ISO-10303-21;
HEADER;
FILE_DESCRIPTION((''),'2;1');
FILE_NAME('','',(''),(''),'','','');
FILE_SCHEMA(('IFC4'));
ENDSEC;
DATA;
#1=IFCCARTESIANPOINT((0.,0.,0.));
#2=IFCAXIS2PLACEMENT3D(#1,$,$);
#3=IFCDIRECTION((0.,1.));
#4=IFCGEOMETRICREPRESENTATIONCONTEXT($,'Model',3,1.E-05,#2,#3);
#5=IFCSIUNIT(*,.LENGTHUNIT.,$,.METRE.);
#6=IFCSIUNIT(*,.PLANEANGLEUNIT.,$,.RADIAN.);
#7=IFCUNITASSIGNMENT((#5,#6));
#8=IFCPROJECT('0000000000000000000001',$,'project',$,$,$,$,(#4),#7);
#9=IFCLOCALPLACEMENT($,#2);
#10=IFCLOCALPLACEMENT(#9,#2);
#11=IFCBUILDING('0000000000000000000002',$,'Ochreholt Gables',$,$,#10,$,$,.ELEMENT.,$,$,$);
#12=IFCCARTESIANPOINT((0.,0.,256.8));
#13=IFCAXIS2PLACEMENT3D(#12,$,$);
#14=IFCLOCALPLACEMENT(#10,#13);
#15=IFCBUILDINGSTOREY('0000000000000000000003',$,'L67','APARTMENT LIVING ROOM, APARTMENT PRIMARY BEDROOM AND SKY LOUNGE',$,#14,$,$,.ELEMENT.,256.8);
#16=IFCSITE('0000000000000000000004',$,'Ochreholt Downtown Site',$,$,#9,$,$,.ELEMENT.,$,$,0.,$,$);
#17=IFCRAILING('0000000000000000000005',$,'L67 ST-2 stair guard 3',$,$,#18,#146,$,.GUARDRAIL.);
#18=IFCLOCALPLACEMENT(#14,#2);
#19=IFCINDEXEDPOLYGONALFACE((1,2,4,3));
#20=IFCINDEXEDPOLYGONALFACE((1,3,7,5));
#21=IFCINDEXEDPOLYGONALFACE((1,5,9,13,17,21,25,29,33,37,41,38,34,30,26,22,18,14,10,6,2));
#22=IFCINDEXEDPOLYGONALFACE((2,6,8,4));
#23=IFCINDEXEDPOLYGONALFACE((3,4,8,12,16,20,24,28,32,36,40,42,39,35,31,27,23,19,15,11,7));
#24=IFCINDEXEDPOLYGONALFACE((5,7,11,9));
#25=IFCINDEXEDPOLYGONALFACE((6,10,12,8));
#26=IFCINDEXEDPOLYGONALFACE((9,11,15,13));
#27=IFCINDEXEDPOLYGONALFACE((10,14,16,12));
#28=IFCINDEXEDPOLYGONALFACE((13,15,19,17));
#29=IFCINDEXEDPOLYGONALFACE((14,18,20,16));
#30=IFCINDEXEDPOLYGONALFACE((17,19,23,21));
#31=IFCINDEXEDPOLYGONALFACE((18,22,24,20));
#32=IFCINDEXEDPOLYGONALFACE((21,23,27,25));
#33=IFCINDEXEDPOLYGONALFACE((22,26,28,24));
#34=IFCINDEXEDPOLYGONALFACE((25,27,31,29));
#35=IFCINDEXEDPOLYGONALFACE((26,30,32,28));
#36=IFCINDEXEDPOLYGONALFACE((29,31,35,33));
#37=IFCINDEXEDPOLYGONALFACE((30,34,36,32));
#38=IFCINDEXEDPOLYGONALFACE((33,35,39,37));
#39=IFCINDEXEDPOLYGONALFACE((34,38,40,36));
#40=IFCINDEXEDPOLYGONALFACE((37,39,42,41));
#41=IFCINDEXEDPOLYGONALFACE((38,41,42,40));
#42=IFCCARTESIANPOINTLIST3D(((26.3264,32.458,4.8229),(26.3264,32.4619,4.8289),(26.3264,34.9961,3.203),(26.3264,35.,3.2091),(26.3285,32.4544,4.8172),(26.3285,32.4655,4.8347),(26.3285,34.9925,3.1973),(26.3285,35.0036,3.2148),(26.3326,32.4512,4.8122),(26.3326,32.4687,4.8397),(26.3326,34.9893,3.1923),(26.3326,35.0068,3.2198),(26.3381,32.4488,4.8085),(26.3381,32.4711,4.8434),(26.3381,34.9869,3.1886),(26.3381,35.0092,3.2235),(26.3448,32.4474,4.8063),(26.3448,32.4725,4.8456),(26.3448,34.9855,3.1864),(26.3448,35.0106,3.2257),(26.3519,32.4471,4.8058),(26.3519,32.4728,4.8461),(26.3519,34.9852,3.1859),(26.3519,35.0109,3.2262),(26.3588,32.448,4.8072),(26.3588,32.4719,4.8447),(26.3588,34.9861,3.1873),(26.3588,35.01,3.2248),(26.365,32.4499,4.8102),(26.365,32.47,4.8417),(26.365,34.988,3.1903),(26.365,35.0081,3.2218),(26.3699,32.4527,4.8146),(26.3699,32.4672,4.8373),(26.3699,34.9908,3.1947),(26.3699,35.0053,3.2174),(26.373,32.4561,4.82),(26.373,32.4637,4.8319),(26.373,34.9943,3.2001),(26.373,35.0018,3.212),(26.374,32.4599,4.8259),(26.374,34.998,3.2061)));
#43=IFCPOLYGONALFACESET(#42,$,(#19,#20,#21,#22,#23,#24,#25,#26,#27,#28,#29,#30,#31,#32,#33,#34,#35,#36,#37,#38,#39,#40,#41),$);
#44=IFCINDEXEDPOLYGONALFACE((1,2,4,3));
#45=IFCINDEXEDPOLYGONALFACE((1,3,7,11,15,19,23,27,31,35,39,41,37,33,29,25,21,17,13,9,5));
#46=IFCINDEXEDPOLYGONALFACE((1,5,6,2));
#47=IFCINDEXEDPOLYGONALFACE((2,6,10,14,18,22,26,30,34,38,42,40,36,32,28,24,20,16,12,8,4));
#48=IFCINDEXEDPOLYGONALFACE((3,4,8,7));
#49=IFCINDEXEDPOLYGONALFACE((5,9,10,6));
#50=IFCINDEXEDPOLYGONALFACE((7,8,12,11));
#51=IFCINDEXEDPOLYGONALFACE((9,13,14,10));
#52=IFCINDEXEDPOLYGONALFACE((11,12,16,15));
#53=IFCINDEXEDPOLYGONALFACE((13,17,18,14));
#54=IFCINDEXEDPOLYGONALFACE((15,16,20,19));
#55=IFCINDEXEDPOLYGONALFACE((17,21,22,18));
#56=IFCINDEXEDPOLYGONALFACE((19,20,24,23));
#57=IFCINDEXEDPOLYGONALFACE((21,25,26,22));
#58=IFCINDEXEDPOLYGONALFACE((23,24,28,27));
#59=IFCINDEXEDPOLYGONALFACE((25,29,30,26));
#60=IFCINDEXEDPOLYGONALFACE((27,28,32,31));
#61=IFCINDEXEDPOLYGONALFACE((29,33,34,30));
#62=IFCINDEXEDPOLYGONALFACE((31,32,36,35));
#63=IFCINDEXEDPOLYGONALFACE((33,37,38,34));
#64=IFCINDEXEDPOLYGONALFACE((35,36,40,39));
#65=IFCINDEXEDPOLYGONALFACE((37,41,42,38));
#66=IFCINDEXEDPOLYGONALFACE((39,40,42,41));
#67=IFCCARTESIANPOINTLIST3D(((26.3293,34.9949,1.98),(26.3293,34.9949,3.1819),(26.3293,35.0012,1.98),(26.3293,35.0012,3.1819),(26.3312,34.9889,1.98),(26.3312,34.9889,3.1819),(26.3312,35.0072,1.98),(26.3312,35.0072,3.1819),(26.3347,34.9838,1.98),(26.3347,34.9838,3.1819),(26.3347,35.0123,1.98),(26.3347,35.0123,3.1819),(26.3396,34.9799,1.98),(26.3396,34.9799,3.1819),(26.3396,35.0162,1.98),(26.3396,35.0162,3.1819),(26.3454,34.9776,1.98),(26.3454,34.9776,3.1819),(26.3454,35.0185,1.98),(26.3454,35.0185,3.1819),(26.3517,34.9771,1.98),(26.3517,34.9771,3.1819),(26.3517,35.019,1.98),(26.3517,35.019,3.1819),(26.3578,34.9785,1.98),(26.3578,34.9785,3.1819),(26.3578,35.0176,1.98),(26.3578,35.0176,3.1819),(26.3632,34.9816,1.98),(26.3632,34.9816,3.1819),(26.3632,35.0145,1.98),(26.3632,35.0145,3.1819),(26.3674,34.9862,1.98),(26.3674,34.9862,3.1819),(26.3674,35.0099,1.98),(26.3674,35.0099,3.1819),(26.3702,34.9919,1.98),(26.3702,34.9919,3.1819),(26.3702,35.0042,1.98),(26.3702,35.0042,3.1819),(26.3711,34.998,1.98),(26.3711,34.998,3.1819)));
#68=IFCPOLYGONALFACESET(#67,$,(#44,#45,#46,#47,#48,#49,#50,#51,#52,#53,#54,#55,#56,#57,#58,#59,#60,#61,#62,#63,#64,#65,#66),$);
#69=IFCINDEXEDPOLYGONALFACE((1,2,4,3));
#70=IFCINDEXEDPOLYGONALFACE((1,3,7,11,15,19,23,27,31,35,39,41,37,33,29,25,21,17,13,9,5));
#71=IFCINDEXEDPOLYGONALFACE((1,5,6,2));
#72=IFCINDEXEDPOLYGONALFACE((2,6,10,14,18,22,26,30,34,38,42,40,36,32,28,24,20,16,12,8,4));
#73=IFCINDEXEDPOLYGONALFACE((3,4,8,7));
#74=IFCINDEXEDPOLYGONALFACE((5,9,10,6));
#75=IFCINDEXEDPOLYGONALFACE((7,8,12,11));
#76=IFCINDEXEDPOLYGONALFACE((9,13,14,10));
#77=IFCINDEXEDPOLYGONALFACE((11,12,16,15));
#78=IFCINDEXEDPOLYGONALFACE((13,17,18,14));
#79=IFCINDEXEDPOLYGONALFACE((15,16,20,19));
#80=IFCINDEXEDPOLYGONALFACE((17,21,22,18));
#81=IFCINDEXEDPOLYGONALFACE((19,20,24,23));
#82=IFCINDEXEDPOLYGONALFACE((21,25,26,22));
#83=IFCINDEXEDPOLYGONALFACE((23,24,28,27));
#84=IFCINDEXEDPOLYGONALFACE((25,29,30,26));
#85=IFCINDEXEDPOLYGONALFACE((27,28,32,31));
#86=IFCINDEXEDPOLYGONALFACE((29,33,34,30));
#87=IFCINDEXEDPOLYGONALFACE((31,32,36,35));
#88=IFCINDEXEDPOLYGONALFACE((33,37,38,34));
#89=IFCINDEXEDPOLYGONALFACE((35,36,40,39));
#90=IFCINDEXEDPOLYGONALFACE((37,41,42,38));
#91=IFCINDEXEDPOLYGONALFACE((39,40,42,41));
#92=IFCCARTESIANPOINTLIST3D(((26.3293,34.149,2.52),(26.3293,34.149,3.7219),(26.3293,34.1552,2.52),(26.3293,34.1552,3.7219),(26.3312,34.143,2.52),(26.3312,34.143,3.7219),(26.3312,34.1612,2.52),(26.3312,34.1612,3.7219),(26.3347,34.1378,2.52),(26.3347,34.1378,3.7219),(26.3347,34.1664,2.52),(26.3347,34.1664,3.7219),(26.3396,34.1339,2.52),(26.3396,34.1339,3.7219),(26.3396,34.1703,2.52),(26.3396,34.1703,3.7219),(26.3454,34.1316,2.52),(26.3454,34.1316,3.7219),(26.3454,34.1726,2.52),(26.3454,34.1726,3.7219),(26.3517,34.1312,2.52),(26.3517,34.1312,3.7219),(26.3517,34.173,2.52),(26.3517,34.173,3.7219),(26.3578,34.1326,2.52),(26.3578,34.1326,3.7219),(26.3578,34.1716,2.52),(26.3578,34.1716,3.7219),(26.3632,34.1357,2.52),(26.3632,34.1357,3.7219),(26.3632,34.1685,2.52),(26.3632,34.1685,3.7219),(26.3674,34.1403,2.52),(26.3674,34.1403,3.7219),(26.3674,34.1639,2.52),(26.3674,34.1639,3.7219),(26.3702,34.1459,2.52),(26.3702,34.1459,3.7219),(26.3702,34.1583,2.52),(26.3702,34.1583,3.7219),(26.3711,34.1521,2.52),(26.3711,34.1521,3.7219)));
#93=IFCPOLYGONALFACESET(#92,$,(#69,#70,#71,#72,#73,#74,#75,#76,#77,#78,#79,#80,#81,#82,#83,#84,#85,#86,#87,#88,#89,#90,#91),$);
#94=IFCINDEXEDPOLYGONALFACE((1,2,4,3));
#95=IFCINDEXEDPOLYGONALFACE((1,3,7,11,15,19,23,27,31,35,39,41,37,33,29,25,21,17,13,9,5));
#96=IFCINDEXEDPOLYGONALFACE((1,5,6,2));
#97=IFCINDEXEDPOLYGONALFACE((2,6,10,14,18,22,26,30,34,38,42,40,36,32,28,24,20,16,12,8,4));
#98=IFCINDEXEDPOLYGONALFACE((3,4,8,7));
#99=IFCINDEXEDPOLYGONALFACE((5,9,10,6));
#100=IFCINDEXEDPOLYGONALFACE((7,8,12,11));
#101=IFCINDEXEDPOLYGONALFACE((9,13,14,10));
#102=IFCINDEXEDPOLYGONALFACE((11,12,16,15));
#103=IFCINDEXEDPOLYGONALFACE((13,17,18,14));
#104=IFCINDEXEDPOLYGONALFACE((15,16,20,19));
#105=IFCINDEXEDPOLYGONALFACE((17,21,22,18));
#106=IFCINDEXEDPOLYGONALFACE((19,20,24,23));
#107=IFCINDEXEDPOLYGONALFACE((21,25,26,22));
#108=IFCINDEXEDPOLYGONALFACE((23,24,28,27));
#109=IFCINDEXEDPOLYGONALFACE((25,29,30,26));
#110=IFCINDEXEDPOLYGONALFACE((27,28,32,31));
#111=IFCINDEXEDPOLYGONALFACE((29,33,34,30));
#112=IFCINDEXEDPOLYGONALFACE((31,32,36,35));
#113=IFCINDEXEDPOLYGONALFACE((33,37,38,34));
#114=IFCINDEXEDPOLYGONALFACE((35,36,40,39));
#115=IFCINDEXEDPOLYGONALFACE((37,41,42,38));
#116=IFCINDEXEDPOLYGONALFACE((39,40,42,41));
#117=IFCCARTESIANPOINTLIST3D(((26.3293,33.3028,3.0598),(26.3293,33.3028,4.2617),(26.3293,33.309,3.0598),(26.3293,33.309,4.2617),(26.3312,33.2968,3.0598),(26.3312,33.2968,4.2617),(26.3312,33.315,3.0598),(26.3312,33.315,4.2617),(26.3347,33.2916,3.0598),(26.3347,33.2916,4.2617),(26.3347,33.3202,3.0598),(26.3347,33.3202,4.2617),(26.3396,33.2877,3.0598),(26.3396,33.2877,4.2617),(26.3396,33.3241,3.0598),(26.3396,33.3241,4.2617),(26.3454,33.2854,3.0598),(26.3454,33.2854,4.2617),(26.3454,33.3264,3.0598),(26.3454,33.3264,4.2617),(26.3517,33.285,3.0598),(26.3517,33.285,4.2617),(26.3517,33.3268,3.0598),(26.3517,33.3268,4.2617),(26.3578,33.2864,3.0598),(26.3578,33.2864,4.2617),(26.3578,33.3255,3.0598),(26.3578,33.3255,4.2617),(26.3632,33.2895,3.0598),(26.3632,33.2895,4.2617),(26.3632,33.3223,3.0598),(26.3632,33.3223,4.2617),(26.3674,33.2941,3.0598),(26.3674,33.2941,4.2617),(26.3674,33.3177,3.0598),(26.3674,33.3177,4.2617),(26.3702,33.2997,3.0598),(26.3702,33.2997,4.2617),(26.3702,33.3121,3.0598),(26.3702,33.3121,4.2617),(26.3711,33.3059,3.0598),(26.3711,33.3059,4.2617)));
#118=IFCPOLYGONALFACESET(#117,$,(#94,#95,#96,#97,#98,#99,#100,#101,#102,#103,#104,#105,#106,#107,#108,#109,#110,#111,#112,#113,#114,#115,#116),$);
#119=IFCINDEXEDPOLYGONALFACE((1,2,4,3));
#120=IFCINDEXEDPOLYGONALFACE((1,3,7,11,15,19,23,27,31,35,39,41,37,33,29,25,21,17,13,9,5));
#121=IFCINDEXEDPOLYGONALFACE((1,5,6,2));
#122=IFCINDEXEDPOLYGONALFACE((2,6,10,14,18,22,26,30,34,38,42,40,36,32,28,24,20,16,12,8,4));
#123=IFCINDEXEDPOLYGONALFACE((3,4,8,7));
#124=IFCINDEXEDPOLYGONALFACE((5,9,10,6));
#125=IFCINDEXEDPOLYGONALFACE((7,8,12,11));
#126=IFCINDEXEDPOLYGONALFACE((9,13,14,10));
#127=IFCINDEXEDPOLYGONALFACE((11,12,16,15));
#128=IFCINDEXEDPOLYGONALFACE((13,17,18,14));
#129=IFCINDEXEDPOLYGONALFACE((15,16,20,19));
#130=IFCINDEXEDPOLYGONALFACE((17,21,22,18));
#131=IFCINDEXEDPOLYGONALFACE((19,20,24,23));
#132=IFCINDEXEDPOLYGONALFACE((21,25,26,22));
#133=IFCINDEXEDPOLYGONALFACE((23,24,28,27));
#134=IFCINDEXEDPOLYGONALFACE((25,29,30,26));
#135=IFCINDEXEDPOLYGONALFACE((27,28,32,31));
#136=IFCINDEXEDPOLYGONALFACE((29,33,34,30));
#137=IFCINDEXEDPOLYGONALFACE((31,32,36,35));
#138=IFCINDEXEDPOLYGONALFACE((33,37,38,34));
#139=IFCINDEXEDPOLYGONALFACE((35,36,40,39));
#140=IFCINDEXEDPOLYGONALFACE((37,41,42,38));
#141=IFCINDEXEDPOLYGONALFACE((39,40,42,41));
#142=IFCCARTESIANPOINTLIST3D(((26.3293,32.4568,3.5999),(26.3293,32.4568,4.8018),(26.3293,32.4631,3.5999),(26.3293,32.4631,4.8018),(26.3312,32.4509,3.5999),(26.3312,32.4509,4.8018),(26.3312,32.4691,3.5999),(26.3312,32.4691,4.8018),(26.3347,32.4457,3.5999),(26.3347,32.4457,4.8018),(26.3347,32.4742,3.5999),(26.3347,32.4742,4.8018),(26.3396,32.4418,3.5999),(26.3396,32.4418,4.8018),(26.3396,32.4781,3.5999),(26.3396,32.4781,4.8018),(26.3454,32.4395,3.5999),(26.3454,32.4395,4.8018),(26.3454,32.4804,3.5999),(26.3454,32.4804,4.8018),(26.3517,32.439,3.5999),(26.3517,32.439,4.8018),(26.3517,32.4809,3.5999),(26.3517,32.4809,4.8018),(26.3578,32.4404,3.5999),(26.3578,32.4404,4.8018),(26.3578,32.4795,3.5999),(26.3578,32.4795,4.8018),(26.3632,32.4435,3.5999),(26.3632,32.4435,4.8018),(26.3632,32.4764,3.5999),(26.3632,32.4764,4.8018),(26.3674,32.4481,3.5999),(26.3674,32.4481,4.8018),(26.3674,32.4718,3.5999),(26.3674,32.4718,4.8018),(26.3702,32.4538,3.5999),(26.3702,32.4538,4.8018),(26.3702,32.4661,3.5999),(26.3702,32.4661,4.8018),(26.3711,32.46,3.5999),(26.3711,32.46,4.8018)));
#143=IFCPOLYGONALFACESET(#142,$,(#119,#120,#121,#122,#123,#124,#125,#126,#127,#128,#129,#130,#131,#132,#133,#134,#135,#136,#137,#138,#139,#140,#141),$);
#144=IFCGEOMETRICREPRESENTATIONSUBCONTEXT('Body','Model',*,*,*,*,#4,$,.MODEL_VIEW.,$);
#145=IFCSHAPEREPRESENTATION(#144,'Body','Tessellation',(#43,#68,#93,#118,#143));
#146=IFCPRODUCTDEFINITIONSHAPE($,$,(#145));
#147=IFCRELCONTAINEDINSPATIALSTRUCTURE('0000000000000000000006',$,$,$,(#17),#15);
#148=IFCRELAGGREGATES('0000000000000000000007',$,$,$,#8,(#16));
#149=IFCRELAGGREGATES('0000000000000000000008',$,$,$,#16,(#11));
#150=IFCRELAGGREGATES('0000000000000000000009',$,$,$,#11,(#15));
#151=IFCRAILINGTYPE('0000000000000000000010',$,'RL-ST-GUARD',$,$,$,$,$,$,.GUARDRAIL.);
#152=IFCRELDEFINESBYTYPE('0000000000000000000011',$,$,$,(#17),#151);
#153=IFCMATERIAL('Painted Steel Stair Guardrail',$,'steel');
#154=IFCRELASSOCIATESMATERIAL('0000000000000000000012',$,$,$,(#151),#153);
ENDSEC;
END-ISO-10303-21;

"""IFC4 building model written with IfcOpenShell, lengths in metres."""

from ifc_helpers import new_model, si_unit, direction, frame, origin, origin_2d, place, context, subcontext, project, spatial, circle, extrude, material, type_object, element, save


model = new_model("IFC4")

# Units and contexts
model_context = context("Model", 3, precision=1e-05, world=origin(), true_north=direction((0.0, 1.0)))
body_context = subcontext(model_context, "Body", "Model", "MODEL_VIEW")
ifc_project = project(units=[si_unit("LENGTHUNIT", "METRE"), si_unit("PLANEANGLEUNIT", "RADIAN")], contexts=[model_context])

# Site, building, storey
site_placement = place(None, origin())
site = spatial("IfcSite", under=ifc_project, at=site_placement, Name="Ochreholt Downtown Site", CompositionType="ELEMENT", RefElevation=0.0)
building_placement = place(site_placement, origin())
building = spatial("IfcBuilding", under=site, at=building_placement, Name="Ochreholt Gables", CompositionType="ELEMENT")
storey_placement = place(building_placement, frame((0.0, 0.0, 256.8)))
storey = spatial("IfcBuildingStorey", under=building, at=storey_placement, Name="L67", Description="APARTMENT LIVING ROOM, APARTMENT PRIMARY BEDROOM AND SKY LOUNGE", CompositionType="ELEMENT", Elevation=256.8)

# Railing
ifc_material_1 = material(Name="Painted Steel Stair Guardrail", Category="steel")
railing_type_1 = type_object("IfcRailingType", Name="RL-ST-GUARD", PredefinedType="GUARDRAIL", material=ifc_material_1)
railing_1_placement = place(storey_placement, frame((26.3501, 34.998, 1.98)))
element("IfcRailing", 1, at=railing_1_placement, inside=storey, type_object=railing_type_1, Name="L67 ST-2 stair guard 3", PredefinedType="GUARDRAIL", context=body_context, shape_type="SweptSolid", body=[
    extrude(circle(Radius=0.0239, at=origin_2d()), frame((0.0, 0.0, 1.2261), z_axis=(0.0, -0.84295, 0.537993), x_axis=(1.0, 0.0, 0.0)), (0.0, 0.0, 1.0), 3.011),
    extrude(circle(Radius=0.021, at=origin_2d()), origin(), (0.0, 0.0, 1.0), 1.2019),
    extrude(circle(Radius=0.021, at=origin_2d()), frame((0.0, -0.8459, 0.54)), (0.0, 0.0, 1.0), 1.2019),
    extrude(circle(Radius=0.021, at=origin_2d()), frame((0.0, -1.6921, 1.0798)), (0.0, 0.0, 1.0), 1.2019),
    extrude(circle(Radius=0.021, at=origin_2d()), frame((0.0, -2.5381, 1.6199)), (0.0, 0.0, 1.0), 1.2019),
])

save(model, "model.ifc")
